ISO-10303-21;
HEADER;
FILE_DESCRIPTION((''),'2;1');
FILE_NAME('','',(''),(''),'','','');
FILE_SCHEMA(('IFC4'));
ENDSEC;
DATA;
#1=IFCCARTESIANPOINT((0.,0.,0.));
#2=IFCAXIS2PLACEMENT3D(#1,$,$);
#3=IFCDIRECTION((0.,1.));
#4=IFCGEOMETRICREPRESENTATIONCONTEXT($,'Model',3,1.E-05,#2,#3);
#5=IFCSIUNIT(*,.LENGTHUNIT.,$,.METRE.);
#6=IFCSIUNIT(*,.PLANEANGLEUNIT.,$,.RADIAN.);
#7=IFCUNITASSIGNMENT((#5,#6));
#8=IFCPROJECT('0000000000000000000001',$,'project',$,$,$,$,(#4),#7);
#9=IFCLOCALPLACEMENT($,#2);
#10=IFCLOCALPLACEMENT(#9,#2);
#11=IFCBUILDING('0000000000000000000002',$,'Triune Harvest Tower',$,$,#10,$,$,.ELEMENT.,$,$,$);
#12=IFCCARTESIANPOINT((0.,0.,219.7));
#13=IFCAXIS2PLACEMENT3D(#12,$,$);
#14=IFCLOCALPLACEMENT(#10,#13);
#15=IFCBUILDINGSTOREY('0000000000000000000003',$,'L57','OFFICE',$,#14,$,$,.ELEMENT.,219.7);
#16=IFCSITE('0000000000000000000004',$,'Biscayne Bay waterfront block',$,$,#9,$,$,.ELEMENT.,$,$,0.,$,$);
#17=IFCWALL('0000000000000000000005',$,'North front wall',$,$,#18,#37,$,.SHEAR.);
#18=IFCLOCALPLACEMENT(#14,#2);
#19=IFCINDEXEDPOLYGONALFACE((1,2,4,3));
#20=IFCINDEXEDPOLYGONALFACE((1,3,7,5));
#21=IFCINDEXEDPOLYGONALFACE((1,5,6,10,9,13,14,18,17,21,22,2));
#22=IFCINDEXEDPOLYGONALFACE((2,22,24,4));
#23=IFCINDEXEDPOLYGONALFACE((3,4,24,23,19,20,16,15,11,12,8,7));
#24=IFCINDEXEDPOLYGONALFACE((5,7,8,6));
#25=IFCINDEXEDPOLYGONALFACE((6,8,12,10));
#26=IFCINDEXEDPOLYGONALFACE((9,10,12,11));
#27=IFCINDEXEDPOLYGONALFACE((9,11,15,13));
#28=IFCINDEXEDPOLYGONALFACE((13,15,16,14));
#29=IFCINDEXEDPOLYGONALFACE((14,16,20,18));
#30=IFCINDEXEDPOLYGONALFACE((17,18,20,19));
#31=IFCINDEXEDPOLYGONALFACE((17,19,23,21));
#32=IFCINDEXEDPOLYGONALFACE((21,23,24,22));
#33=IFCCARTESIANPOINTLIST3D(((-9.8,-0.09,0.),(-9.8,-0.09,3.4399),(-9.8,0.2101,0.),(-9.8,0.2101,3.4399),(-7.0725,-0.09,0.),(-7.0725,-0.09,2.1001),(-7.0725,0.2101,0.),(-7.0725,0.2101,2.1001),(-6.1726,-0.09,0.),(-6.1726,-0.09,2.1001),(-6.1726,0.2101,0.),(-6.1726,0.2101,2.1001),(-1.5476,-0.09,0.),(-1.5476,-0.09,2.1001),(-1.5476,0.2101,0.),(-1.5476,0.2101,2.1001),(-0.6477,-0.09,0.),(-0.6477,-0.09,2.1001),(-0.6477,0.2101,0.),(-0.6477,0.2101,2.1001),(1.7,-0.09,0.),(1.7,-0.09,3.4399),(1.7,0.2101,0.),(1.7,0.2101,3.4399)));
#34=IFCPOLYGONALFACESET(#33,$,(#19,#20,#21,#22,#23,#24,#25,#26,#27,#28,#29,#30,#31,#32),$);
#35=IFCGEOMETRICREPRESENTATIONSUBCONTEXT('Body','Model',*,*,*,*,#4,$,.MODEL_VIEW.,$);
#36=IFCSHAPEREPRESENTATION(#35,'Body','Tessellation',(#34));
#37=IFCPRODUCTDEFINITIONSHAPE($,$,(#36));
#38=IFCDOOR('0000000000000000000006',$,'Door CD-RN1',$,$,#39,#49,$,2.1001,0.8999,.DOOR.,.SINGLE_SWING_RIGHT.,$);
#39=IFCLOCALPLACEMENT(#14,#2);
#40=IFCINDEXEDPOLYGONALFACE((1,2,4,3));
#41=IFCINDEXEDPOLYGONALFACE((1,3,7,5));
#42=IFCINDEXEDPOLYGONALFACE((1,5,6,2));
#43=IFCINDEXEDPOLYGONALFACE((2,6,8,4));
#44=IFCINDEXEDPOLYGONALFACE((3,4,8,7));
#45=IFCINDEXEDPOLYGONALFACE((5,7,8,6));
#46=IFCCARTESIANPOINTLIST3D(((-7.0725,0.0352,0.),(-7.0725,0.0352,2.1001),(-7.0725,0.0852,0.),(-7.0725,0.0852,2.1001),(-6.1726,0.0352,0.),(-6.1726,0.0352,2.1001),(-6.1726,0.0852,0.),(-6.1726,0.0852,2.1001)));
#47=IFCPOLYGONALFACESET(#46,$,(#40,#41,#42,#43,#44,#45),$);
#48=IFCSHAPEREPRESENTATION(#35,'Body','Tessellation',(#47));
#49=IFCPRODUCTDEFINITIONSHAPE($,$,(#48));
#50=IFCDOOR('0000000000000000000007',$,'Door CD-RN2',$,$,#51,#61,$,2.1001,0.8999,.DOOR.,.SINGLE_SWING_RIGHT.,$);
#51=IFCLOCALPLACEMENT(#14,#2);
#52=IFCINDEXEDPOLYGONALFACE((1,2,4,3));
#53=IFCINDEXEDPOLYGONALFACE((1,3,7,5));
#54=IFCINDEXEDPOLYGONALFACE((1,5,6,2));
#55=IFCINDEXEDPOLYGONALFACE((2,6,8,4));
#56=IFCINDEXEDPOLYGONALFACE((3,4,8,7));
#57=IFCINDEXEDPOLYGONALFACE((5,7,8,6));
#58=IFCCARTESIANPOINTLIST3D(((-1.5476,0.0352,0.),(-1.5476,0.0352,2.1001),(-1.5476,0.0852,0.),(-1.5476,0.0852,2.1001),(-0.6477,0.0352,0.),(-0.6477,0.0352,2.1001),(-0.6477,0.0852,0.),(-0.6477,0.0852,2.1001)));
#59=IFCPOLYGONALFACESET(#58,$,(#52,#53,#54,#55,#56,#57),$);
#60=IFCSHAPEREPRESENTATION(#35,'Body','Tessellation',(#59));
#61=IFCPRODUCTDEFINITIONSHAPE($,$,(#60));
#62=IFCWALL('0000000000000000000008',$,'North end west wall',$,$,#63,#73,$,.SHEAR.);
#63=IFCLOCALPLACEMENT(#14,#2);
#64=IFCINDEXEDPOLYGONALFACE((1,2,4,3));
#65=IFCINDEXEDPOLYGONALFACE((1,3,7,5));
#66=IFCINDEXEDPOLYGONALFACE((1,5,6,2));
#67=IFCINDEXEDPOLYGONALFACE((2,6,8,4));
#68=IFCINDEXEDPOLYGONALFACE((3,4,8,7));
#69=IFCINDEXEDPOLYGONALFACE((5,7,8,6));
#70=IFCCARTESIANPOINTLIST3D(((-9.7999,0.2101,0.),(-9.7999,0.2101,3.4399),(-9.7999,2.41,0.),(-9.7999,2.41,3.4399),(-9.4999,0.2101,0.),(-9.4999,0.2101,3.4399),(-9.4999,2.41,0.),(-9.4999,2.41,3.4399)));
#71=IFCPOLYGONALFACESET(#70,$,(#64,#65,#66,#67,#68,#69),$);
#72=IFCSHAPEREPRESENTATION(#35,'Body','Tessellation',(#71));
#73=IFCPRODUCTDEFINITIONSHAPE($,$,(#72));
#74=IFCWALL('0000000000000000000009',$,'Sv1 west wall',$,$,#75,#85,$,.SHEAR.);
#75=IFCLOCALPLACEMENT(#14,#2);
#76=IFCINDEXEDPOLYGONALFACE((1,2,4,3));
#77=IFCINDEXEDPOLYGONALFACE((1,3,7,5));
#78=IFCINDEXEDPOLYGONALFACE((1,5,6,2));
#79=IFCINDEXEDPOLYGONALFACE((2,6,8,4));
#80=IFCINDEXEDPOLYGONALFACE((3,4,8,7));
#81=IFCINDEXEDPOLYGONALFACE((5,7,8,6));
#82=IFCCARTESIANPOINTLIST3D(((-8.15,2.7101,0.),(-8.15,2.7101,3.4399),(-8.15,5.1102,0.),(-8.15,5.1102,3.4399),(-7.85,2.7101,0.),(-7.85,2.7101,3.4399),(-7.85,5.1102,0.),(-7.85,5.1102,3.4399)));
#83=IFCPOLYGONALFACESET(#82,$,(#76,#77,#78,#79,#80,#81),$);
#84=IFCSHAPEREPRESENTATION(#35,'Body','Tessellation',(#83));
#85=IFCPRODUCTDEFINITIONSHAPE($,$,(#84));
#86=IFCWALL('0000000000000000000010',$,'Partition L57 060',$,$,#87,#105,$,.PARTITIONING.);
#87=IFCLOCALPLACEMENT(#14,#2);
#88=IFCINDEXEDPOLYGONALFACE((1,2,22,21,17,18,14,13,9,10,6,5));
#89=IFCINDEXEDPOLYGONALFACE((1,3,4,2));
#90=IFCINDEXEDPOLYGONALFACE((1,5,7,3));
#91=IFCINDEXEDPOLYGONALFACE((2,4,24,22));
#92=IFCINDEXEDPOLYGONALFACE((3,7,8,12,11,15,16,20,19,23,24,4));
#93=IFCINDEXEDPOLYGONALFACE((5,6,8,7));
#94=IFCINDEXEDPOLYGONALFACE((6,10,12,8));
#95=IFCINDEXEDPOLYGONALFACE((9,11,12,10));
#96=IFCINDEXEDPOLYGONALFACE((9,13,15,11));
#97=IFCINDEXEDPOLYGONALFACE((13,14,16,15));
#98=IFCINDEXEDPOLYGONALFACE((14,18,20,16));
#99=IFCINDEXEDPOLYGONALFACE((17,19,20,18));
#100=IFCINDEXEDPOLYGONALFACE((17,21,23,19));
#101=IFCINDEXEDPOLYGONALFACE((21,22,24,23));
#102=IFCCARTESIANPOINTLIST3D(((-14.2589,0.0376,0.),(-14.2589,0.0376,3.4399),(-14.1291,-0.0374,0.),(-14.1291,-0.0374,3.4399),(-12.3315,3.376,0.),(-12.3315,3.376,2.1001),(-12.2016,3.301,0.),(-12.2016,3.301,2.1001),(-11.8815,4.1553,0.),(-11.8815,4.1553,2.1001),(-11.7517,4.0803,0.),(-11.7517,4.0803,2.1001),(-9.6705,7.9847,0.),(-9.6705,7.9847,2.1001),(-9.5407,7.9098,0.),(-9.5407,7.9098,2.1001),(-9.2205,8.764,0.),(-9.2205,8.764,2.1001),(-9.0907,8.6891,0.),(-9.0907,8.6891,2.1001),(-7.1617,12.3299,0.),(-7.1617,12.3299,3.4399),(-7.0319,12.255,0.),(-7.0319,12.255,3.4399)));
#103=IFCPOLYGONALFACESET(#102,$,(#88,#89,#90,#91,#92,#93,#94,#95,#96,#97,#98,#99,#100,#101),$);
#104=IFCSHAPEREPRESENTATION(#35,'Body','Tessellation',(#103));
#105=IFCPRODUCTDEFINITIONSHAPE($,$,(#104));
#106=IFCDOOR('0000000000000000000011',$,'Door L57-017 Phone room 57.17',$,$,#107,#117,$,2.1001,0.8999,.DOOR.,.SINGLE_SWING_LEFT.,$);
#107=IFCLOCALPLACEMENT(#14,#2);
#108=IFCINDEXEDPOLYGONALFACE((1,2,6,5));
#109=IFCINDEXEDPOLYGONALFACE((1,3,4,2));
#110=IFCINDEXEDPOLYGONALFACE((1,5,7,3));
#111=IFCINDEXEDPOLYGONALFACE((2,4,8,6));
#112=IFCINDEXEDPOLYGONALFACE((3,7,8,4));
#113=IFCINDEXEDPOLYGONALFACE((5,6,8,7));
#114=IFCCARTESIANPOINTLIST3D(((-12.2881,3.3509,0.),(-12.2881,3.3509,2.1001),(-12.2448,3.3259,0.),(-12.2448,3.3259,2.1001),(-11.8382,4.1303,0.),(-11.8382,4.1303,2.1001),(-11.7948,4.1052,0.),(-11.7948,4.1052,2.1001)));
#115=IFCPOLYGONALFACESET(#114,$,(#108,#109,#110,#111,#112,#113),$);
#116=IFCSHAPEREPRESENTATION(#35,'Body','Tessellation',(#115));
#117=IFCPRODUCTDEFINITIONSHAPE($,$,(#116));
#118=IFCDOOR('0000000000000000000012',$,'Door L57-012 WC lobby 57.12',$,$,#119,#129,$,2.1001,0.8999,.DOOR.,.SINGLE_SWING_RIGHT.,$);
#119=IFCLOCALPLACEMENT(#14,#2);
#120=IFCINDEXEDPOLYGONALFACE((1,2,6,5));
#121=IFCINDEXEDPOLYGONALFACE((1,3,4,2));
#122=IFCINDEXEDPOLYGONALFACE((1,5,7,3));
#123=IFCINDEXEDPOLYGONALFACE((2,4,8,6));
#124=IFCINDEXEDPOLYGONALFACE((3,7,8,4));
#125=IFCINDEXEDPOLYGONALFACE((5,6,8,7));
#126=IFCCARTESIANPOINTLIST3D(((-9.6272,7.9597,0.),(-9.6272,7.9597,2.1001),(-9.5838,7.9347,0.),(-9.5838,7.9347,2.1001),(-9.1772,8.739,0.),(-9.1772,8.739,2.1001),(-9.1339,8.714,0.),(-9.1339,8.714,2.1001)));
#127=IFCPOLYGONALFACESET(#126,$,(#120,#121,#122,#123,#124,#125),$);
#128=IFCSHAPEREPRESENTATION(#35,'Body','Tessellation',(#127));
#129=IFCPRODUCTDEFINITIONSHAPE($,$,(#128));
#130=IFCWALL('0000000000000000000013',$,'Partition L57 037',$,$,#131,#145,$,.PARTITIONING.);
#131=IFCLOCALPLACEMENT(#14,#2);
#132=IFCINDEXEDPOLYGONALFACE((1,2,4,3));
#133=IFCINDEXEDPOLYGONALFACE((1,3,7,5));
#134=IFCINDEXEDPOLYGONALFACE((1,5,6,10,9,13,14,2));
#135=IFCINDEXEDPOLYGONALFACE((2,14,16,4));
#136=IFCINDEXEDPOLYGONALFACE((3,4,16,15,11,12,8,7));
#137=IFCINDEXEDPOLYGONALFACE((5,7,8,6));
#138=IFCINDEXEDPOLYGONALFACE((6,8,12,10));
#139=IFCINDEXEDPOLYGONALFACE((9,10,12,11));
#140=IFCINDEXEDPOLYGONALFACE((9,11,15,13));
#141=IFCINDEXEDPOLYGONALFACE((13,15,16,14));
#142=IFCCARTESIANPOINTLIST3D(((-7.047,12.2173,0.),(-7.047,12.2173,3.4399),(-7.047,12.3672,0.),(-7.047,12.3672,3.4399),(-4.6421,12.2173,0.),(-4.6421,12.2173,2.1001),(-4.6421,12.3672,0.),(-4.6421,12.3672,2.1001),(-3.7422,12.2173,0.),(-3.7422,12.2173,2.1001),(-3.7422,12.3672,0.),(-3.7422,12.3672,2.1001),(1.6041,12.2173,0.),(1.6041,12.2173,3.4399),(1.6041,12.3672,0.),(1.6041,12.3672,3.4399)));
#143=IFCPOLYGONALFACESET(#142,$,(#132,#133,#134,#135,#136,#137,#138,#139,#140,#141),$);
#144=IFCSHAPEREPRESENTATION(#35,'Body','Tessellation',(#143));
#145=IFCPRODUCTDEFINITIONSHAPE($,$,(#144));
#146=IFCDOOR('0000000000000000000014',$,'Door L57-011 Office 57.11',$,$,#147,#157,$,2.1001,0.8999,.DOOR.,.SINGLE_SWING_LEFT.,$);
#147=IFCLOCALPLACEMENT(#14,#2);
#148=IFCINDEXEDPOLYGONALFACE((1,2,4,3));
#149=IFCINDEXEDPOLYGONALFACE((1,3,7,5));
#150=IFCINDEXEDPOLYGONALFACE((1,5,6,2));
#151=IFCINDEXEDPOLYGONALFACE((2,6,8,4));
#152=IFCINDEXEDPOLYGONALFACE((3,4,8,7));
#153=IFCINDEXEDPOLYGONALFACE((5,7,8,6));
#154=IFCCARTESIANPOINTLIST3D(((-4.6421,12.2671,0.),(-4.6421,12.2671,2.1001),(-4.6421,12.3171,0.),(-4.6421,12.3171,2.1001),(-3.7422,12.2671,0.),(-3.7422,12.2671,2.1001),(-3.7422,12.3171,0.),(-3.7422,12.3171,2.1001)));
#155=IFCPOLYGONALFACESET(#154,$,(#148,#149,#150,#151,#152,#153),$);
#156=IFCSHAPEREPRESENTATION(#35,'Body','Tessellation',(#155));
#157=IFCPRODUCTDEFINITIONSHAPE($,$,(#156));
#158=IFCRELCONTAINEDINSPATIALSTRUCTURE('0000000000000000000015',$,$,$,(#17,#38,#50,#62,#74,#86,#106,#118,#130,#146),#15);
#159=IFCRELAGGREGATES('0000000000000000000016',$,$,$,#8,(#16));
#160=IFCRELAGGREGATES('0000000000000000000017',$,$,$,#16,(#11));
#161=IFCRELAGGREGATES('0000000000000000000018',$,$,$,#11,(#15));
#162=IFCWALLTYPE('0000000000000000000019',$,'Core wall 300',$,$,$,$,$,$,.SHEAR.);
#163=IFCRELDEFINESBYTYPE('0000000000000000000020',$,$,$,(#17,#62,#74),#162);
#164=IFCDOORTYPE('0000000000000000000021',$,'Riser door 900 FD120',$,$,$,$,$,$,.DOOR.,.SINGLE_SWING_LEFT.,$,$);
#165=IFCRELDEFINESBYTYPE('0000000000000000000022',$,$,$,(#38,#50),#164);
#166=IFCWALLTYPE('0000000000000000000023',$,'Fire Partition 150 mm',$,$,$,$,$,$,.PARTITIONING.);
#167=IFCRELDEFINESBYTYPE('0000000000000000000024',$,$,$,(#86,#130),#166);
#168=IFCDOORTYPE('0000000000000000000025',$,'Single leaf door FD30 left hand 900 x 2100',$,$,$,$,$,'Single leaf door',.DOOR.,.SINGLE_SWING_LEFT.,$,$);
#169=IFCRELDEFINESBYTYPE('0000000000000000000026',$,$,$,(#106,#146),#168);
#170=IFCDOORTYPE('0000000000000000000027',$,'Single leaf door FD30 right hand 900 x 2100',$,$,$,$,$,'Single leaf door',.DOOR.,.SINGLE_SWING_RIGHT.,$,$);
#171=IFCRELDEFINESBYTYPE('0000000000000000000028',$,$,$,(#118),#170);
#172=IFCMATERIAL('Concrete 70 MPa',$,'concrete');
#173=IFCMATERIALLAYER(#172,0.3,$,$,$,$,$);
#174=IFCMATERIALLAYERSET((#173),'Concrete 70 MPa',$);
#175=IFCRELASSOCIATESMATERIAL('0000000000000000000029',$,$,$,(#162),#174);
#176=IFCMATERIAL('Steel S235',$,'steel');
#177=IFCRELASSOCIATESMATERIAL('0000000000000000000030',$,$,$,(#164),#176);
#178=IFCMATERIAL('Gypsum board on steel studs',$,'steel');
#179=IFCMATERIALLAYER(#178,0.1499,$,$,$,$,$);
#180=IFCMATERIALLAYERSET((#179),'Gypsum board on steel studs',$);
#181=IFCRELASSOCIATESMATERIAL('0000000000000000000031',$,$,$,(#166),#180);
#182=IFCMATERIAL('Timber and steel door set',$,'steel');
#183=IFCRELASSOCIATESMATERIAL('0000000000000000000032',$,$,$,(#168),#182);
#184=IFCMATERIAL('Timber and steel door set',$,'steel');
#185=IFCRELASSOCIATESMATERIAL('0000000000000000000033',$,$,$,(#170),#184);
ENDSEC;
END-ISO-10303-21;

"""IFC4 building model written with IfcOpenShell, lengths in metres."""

from ifc_helpers import new_model, si_unit, direction, frame, frame_2d, origin, place, context, subcontext, project, spatial, rectangle, extrude, source, transform, mapped, material, layer, layer_set, type_object, element, fill, save


model = new_model("IFC4")

# Units and contexts
model_context = context("Model", 3, precision=1e-05, world=origin(), true_north=direction((0.0, 1.0)))
body_context = subcontext(model_context, "Body", "Model", "MODEL_VIEW")
ifc_project = project(units=[si_unit("LENGTHUNIT", "METRE"), si_unit("PLANEANGLEUNIT", "RADIAN")], contexts=[model_context])

# Site, building, storey
site_placement = place(None, origin())
site = spatial("IfcSite", under=ifc_project, at=site_placement, Name="Biscayne Bay waterfront block", CompositionType="ELEMENT", RefElevation=0.0)
building_placement = place(site_placement, origin())
building = spatial("IfcBuilding", under=site, at=building_placement, Name="Triune Harvest Tower", CompositionType="ELEMENT")
storey_placement = place(building_placement, frame((0.0, 0.0, 219.7)))
storey = spatial("IfcBuildingStorey", under=building, at=storey_placement, Name="L57", Description="OFFICE", CompositionType="ELEMENT", Elevation=219.7)

# Wall, openings, doors
ifc_material_1 = material(Name="Concrete 70 MPa", Category="concrete")
ifc_layer_1 = layer(ifc_material_1, 0.3)
ifc_layer_set_1 = layer_set([ifc_layer_1], Name="Concrete 70 MPa")
wall_type_1 = type_object("IfcWallType", Name="Core wall 300", PredefinedType="SHEAR", material=ifc_layer_set_1)
shared_shape_1 = source(origin(), body_context, "Body", "SweptSolid", [
    extrude(rectangle(XDim=11.5, YDim=0.3, at=frame_2d((5.75, 0.0))), origin(), (0.0, 0.0, 1.0), 3.4399),
])
wall_1_placement = place(storey_placement, frame((-9.8, 0.0601, 0.0), z_axis=(0.0, 0.0, 1.0), x_axis=(1.0, 0.0, 0.0)))
wall_1 = element("IfcWall", 1, at=wall_1_placement, inside=storey, type_object=wall_type_1, Name="North front wall", PredefinedType="SHEAR", context=body_context, shape_type="MappedRepresentation", body=[
    mapped(shared_shape_1, transform((0.0, 0.0, 0.0), scale=1.0)),
])
opening_1_placement = place(wall_1_placement, frame((2.7275, 0.0, 0.0)))
opening_1 = element("IfcOpeningElement", 2, at=opening_1_placement, cuts=wall_1, PredefinedType="OPENING", context=body_context, shape_type="SweptSolid", body=[
    extrude(rectangle(XDim=0.8999, YDim=2.1001, at=frame_2d((0.45, 1.05))), frame((0.0, 0.1602, 0.0), z_axis=(0.0, -1.0, 0.0), x_axis=(1.0, 0.0, 0.0)), (0.0, 0.0, 1.0), 0.3201),
])
opening_2_placement = place(wall_1_placement, frame((8.2524, 0.0, 0.0)))
opening_2 = element("IfcOpeningElement", 3, at=opening_2_placement, cuts=wall_1, PredefinedType="OPENING", context=body_context, shape_type="SweptSolid", body=[
    extrude(rectangle(XDim=0.8999, YDim=2.1001, at=frame_2d((0.45, 1.05))), frame((0.0, 0.1602, 0.0), z_axis=(0.0, -1.0, 0.0), x_axis=(1.0, 0.0, 0.0)), (0.0, 0.0, 1.0), 0.3201),
])
ifc_material_2 = material(Name="Steel S235", Category="steel")
door_type_1 = type_object("IfcDoorType", Name="Riser door 900 FD120", OperationType="SINGLE_SWING_LEFT", PredefinedType="DOOR", material=ifc_material_2)
door_1_placement = place(opening_1_placement, frame((0.8999, 0.0, 0.0), z_axis=(0.0, 0.0, 1.0), x_axis=(-1.0, 0.0, 0.0)))
door_1 = element("IfcDoor", 4, at=door_1_placement, inside=storey, type_object=door_type_1, Name="Door CD-RN1", OperationType="SINGLE_SWING_RIGHT", OverallHeight=2.1001, OverallWidth=0.8999, PredefinedType="DOOR", context=body_context, shape_type="SweptSolid", body=[
    extrude(rectangle(XDim=0.8999, YDim=2.1001, at=frame_2d((0.45, 1.05))), frame((0.0, 0.0249, 0.0), z_axis=(0.0, -1.0, 0.0), x_axis=(1.0, 0.0, 0.0)), (0.0, 0.0, 1.0), 0.05),
])
fill(opening_1, door_1)
door_2_placement = place(opening_2_placement, frame((0.8999, 0.0, 0.0), z_axis=(0.0, 0.0, 1.0), x_axis=(-1.0, 0.0, 0.0)))
door_2 = element("IfcDoor", 5, at=door_2_placement, inside=storey, type_object=door_type_1, Name="Door CD-RN2", OperationType="SINGLE_SWING_RIGHT", OverallHeight=2.1001, OverallWidth=0.8999, PredefinedType="DOOR", context=body_context, shape_type="SweptSolid", body=[
    extrude(rectangle(XDim=0.8999, YDim=2.1001, at=frame_2d((0.45, 1.05))), frame((0.0, 0.0249, 0.0), z_axis=(0.0, -1.0, 0.0), x_axis=(1.0, 0.0, 0.0)), (0.0, 0.0, 1.0), 0.05),
])
fill(opening_2, door_2)

# Walls
shared_shape_2 = source(origin(), body_context, "Body", "SweptSolid", [
    extrude(rectangle(XDim=2.2, YDim=0.3, at=frame_2d((1.1001, 0.0))), origin(), (0.0, 0.0, 1.0), 3.4399),
])
wall_2_placement = place(storey_placement, frame((-9.6499, 0.21, 0.0), z_axis=(0.0, 0.0, 1.0), x_axis=(0.0, 1.0, 0.0)))
element("IfcWall", 6, at=wall_2_placement, inside=storey, type_object=wall_type_1, Name="North end west wall", PredefinedType="SHEAR", context=body_context, shape_type="MappedRepresentation", body=[
    mapped(shared_shape_2, transform((0.0, 0.0, 0.0), scale=1.0)),
])
shared_shape_3 = source(origin(), body_context, "Body", "SweptSolid", [
    extrude(rectangle(XDim=2.4001, YDim=0.3, at=frame_2d((1.2002, 0.0))), origin(), (0.0, 0.0, 1.0), 3.4399),
])
wall_3_placement = place(storey_placement, frame((-8.0, 2.71, 0.0), z_axis=(0.0, 0.0, 1.0), x_axis=(0.0, 1.0, 0.0)))
element("IfcWall", 7, at=wall_3_placement, inside=storey, type_object=wall_type_1, Name="Sv1 west wall", PredefinedType="SHEAR", context=body_context, shape_type="MappedRepresentation", body=[
    mapped(shared_shape_3, transform((0.0, 0.0, 0.0), scale=1.0)),
])

# Wall, openings, doors
ifc_material_3 = material(Name="Gypsum board on steel studs", Category="steel")
ifc_layer_2 = layer(ifc_material_3, 0.1499)
ifc_layer_set_2 = layer_set([ifc_layer_2], Name="Gypsum board on steel studs")
wall_type_2 = type_object("IfcWallType", Name="Fire Partition 150 mm", PredefinedType="PARTITIONING", material=ifc_layer_set_2)
shared_shape_4 = source(origin(), body_context, "Body", "SweptSolid", [
    extrude(rectangle(XDim=14.1941, YDim=0.1499, at=frame_2d((7.0972, 0.0))), origin(), (0.0, 0.0, 1.0), 3.4399),
])
wall_4_placement = place(storey_placement, frame((-14.1941, 0.0, 0.0), z_axis=(0.0, 0.0, 1.0), x_axis=(0.500013, 0.866018, 0.0)))
wall_4 = element("IfcWall", 8, at=wall_4_placement, inside=storey, type_object=wall_type_2, Name="Partition L57 060", PredefinedType="PARTITIONING", context=body_context, shape_type="MappedRepresentation", body=[
    mapped(shared_shape_4, transform((0.0, 0.0, 0.0), scale=1.0)),
])
opening_3_placement = place(wall_4_placement, frame((9.1768, 0.0, 0.0)))
opening_3 = element("IfcOpeningElement", 9, at=opening_3_placement, cuts=wall_4, PredefinedType="OPENING", context=body_context, shape_type="SweptSolid", body=[
    extrude(rectangle(XDim=0.8999, YDim=2.1001, at=frame_2d((0.45, 1.05))), frame((0.0, 0.085, 0.0), z_axis=(0.0, -1.0, 0.0), x_axis=(1.0, 0.0, 0.0)), (0.0, 0.0, 1.0), 0.1699),
])
opening_4_placement = place(wall_4_placement, frame((3.855, 0.0, 0.0)))
opening_4 = element("IfcOpeningElement", 10, at=opening_4_placement, cuts=wall_4, PredefinedType="OPENING", context=body_context, shape_type="SweptSolid", body=[
    extrude(rectangle(XDim=0.8999, YDim=2.1001, at=frame_2d((0.45, 1.05))), frame((0.0, 0.085, 0.0), z_axis=(0.0, -1.0, 0.0), x_axis=(1.0, 0.0, 0.0)), (0.0, 0.0, 1.0), 0.1699),
])
ifc_material_4 = material(Name="Timber and steel door set", Category="steel")
door_type_2 = type_object("IfcDoorType", Name="Single leaf door FD30 left hand 900 x 2100", ElementType="Single leaf door", OperationType="SINGLE_SWING_LEFT", PredefinedType="DOOR", material=ifc_material_4)
door_3_placement = place(opening_4_placement, origin())
door_3 = element("IfcDoor", 11, at=door_3_placement, inside=storey, type_object=door_type_2, Name="Door L57-017 Phone room 57.17", OperationType="SINGLE_SWING_LEFT", OverallHeight=2.1001, OverallWidth=0.8999, PredefinedType="DOOR", context=body_context, shape_type="SweptSolid", body=[
    extrude(rectangle(XDim=0.8999, YDim=2.1001, at=frame_2d((0.45, 1.05))), frame((0.0, 0.0249, 0.0), z_axis=(0.0, -1.0, 0.0), x_axis=(1.0, 0.0, 0.0)), (0.0, 0.0, 1.0), 0.05),
])
fill(opening_4, door_3)
ifc_material_5 = material(Name="Timber and steel door set", Category="steel")
door_type_3 = type_object("IfcDoorType", Name="Single leaf door FD30 right hand 900 x 2100", ElementType="Single leaf door", OperationType="SINGLE_SWING_RIGHT", PredefinedType="DOOR", material=ifc_material_5)
door_4_placement = place(opening_3_placement, origin())
door_4 = element("IfcDoor", 12, at=door_4_placement, inside=storey, type_object=door_type_3, Name="Door L57-012 WC lobby 57.12", OperationType="SINGLE_SWING_RIGHT", OverallHeight=2.1001, OverallWidth=0.8999, PredefinedType="DOOR", context=body_context, shape_type="SweptSolid", body=[
    extrude(rectangle(XDim=0.8999, YDim=2.1001, at=frame_2d((0.45, 1.05))), frame((0.0, 0.0249, 0.0), z_axis=(0.0, -1.0, 0.0), x_axis=(1.0, 0.0, 0.0)), (0.0, 0.0, 1.0), 0.05),
])
fill(opening_3, door_4)

# Wall, opening, door
shared_shape_5 = source(origin(), body_context, "Body", "SweptSolid", [
    extrude(rectangle(XDim=8.6511, YDim=0.1499, at=frame_2d((4.3257, 0.0))), origin(), (0.0, 0.0, 1.0), 3.4399),
])
wall_5_placement = place(storey_placement, frame((-7.0471, 12.2922, 0.0), z_axis=(0.0, 0.0, 1.0), x_axis=(1.0, 0.0, 0.0)))
wall_5 = element("IfcWall", 13, at=wall_5_placement, inside=storey, type_object=wall_type_2, Name="Partition L57 037", PredefinedType="PARTITIONING", context=body_context, shape_type="MappedRepresentation", body=[
    mapped(shared_shape_5, transform((0.0, 0.0, 0.0), scale=1.0)),
])
opening_5_placement = place(wall_5_placement, frame((2.405, 0.0, 0.0)))
opening_5 = element("IfcOpeningElement", 14, at=opening_5_placement, cuts=wall_5, PredefinedType="OPENING", context=body_context, shape_type="SweptSolid", body=[
    extrude(rectangle(XDim=0.8999, YDim=2.1001, at=frame_2d((0.45, 1.05))), frame((0.0, 0.085, 0.0), z_axis=(0.0, -1.0, 0.0), x_axis=(1.0, 0.0, 0.0)), (0.0, 0.0, 1.0), 0.1699),
])
door_5_placement = place(opening_5_placement, origin())
door_5 = element("IfcDoor", 15, at=door_5_placement, inside=storey, type_object=door_type_2, Name="Door L57-011 Office 57.11", OperationType="SINGLE_SWING_LEFT", OverallHeight=2.1001, OverallWidth=0.8999, PredefinedType="DOOR", context=body_context, shape_type="SweptSolid", body=[
    extrude(rectangle(XDim=0.8999, YDim=2.1001, at=frame_2d((0.45, 1.05))), frame((0.0, 0.0249, 0.0), z_axis=(0.0, -1.0, 0.0), x_axis=(1.0, 0.0, 0.0)), (0.0, 0.0, 1.0), 0.05),
])
fill(opening_5, door_5)

save(model, "model.ifc")
